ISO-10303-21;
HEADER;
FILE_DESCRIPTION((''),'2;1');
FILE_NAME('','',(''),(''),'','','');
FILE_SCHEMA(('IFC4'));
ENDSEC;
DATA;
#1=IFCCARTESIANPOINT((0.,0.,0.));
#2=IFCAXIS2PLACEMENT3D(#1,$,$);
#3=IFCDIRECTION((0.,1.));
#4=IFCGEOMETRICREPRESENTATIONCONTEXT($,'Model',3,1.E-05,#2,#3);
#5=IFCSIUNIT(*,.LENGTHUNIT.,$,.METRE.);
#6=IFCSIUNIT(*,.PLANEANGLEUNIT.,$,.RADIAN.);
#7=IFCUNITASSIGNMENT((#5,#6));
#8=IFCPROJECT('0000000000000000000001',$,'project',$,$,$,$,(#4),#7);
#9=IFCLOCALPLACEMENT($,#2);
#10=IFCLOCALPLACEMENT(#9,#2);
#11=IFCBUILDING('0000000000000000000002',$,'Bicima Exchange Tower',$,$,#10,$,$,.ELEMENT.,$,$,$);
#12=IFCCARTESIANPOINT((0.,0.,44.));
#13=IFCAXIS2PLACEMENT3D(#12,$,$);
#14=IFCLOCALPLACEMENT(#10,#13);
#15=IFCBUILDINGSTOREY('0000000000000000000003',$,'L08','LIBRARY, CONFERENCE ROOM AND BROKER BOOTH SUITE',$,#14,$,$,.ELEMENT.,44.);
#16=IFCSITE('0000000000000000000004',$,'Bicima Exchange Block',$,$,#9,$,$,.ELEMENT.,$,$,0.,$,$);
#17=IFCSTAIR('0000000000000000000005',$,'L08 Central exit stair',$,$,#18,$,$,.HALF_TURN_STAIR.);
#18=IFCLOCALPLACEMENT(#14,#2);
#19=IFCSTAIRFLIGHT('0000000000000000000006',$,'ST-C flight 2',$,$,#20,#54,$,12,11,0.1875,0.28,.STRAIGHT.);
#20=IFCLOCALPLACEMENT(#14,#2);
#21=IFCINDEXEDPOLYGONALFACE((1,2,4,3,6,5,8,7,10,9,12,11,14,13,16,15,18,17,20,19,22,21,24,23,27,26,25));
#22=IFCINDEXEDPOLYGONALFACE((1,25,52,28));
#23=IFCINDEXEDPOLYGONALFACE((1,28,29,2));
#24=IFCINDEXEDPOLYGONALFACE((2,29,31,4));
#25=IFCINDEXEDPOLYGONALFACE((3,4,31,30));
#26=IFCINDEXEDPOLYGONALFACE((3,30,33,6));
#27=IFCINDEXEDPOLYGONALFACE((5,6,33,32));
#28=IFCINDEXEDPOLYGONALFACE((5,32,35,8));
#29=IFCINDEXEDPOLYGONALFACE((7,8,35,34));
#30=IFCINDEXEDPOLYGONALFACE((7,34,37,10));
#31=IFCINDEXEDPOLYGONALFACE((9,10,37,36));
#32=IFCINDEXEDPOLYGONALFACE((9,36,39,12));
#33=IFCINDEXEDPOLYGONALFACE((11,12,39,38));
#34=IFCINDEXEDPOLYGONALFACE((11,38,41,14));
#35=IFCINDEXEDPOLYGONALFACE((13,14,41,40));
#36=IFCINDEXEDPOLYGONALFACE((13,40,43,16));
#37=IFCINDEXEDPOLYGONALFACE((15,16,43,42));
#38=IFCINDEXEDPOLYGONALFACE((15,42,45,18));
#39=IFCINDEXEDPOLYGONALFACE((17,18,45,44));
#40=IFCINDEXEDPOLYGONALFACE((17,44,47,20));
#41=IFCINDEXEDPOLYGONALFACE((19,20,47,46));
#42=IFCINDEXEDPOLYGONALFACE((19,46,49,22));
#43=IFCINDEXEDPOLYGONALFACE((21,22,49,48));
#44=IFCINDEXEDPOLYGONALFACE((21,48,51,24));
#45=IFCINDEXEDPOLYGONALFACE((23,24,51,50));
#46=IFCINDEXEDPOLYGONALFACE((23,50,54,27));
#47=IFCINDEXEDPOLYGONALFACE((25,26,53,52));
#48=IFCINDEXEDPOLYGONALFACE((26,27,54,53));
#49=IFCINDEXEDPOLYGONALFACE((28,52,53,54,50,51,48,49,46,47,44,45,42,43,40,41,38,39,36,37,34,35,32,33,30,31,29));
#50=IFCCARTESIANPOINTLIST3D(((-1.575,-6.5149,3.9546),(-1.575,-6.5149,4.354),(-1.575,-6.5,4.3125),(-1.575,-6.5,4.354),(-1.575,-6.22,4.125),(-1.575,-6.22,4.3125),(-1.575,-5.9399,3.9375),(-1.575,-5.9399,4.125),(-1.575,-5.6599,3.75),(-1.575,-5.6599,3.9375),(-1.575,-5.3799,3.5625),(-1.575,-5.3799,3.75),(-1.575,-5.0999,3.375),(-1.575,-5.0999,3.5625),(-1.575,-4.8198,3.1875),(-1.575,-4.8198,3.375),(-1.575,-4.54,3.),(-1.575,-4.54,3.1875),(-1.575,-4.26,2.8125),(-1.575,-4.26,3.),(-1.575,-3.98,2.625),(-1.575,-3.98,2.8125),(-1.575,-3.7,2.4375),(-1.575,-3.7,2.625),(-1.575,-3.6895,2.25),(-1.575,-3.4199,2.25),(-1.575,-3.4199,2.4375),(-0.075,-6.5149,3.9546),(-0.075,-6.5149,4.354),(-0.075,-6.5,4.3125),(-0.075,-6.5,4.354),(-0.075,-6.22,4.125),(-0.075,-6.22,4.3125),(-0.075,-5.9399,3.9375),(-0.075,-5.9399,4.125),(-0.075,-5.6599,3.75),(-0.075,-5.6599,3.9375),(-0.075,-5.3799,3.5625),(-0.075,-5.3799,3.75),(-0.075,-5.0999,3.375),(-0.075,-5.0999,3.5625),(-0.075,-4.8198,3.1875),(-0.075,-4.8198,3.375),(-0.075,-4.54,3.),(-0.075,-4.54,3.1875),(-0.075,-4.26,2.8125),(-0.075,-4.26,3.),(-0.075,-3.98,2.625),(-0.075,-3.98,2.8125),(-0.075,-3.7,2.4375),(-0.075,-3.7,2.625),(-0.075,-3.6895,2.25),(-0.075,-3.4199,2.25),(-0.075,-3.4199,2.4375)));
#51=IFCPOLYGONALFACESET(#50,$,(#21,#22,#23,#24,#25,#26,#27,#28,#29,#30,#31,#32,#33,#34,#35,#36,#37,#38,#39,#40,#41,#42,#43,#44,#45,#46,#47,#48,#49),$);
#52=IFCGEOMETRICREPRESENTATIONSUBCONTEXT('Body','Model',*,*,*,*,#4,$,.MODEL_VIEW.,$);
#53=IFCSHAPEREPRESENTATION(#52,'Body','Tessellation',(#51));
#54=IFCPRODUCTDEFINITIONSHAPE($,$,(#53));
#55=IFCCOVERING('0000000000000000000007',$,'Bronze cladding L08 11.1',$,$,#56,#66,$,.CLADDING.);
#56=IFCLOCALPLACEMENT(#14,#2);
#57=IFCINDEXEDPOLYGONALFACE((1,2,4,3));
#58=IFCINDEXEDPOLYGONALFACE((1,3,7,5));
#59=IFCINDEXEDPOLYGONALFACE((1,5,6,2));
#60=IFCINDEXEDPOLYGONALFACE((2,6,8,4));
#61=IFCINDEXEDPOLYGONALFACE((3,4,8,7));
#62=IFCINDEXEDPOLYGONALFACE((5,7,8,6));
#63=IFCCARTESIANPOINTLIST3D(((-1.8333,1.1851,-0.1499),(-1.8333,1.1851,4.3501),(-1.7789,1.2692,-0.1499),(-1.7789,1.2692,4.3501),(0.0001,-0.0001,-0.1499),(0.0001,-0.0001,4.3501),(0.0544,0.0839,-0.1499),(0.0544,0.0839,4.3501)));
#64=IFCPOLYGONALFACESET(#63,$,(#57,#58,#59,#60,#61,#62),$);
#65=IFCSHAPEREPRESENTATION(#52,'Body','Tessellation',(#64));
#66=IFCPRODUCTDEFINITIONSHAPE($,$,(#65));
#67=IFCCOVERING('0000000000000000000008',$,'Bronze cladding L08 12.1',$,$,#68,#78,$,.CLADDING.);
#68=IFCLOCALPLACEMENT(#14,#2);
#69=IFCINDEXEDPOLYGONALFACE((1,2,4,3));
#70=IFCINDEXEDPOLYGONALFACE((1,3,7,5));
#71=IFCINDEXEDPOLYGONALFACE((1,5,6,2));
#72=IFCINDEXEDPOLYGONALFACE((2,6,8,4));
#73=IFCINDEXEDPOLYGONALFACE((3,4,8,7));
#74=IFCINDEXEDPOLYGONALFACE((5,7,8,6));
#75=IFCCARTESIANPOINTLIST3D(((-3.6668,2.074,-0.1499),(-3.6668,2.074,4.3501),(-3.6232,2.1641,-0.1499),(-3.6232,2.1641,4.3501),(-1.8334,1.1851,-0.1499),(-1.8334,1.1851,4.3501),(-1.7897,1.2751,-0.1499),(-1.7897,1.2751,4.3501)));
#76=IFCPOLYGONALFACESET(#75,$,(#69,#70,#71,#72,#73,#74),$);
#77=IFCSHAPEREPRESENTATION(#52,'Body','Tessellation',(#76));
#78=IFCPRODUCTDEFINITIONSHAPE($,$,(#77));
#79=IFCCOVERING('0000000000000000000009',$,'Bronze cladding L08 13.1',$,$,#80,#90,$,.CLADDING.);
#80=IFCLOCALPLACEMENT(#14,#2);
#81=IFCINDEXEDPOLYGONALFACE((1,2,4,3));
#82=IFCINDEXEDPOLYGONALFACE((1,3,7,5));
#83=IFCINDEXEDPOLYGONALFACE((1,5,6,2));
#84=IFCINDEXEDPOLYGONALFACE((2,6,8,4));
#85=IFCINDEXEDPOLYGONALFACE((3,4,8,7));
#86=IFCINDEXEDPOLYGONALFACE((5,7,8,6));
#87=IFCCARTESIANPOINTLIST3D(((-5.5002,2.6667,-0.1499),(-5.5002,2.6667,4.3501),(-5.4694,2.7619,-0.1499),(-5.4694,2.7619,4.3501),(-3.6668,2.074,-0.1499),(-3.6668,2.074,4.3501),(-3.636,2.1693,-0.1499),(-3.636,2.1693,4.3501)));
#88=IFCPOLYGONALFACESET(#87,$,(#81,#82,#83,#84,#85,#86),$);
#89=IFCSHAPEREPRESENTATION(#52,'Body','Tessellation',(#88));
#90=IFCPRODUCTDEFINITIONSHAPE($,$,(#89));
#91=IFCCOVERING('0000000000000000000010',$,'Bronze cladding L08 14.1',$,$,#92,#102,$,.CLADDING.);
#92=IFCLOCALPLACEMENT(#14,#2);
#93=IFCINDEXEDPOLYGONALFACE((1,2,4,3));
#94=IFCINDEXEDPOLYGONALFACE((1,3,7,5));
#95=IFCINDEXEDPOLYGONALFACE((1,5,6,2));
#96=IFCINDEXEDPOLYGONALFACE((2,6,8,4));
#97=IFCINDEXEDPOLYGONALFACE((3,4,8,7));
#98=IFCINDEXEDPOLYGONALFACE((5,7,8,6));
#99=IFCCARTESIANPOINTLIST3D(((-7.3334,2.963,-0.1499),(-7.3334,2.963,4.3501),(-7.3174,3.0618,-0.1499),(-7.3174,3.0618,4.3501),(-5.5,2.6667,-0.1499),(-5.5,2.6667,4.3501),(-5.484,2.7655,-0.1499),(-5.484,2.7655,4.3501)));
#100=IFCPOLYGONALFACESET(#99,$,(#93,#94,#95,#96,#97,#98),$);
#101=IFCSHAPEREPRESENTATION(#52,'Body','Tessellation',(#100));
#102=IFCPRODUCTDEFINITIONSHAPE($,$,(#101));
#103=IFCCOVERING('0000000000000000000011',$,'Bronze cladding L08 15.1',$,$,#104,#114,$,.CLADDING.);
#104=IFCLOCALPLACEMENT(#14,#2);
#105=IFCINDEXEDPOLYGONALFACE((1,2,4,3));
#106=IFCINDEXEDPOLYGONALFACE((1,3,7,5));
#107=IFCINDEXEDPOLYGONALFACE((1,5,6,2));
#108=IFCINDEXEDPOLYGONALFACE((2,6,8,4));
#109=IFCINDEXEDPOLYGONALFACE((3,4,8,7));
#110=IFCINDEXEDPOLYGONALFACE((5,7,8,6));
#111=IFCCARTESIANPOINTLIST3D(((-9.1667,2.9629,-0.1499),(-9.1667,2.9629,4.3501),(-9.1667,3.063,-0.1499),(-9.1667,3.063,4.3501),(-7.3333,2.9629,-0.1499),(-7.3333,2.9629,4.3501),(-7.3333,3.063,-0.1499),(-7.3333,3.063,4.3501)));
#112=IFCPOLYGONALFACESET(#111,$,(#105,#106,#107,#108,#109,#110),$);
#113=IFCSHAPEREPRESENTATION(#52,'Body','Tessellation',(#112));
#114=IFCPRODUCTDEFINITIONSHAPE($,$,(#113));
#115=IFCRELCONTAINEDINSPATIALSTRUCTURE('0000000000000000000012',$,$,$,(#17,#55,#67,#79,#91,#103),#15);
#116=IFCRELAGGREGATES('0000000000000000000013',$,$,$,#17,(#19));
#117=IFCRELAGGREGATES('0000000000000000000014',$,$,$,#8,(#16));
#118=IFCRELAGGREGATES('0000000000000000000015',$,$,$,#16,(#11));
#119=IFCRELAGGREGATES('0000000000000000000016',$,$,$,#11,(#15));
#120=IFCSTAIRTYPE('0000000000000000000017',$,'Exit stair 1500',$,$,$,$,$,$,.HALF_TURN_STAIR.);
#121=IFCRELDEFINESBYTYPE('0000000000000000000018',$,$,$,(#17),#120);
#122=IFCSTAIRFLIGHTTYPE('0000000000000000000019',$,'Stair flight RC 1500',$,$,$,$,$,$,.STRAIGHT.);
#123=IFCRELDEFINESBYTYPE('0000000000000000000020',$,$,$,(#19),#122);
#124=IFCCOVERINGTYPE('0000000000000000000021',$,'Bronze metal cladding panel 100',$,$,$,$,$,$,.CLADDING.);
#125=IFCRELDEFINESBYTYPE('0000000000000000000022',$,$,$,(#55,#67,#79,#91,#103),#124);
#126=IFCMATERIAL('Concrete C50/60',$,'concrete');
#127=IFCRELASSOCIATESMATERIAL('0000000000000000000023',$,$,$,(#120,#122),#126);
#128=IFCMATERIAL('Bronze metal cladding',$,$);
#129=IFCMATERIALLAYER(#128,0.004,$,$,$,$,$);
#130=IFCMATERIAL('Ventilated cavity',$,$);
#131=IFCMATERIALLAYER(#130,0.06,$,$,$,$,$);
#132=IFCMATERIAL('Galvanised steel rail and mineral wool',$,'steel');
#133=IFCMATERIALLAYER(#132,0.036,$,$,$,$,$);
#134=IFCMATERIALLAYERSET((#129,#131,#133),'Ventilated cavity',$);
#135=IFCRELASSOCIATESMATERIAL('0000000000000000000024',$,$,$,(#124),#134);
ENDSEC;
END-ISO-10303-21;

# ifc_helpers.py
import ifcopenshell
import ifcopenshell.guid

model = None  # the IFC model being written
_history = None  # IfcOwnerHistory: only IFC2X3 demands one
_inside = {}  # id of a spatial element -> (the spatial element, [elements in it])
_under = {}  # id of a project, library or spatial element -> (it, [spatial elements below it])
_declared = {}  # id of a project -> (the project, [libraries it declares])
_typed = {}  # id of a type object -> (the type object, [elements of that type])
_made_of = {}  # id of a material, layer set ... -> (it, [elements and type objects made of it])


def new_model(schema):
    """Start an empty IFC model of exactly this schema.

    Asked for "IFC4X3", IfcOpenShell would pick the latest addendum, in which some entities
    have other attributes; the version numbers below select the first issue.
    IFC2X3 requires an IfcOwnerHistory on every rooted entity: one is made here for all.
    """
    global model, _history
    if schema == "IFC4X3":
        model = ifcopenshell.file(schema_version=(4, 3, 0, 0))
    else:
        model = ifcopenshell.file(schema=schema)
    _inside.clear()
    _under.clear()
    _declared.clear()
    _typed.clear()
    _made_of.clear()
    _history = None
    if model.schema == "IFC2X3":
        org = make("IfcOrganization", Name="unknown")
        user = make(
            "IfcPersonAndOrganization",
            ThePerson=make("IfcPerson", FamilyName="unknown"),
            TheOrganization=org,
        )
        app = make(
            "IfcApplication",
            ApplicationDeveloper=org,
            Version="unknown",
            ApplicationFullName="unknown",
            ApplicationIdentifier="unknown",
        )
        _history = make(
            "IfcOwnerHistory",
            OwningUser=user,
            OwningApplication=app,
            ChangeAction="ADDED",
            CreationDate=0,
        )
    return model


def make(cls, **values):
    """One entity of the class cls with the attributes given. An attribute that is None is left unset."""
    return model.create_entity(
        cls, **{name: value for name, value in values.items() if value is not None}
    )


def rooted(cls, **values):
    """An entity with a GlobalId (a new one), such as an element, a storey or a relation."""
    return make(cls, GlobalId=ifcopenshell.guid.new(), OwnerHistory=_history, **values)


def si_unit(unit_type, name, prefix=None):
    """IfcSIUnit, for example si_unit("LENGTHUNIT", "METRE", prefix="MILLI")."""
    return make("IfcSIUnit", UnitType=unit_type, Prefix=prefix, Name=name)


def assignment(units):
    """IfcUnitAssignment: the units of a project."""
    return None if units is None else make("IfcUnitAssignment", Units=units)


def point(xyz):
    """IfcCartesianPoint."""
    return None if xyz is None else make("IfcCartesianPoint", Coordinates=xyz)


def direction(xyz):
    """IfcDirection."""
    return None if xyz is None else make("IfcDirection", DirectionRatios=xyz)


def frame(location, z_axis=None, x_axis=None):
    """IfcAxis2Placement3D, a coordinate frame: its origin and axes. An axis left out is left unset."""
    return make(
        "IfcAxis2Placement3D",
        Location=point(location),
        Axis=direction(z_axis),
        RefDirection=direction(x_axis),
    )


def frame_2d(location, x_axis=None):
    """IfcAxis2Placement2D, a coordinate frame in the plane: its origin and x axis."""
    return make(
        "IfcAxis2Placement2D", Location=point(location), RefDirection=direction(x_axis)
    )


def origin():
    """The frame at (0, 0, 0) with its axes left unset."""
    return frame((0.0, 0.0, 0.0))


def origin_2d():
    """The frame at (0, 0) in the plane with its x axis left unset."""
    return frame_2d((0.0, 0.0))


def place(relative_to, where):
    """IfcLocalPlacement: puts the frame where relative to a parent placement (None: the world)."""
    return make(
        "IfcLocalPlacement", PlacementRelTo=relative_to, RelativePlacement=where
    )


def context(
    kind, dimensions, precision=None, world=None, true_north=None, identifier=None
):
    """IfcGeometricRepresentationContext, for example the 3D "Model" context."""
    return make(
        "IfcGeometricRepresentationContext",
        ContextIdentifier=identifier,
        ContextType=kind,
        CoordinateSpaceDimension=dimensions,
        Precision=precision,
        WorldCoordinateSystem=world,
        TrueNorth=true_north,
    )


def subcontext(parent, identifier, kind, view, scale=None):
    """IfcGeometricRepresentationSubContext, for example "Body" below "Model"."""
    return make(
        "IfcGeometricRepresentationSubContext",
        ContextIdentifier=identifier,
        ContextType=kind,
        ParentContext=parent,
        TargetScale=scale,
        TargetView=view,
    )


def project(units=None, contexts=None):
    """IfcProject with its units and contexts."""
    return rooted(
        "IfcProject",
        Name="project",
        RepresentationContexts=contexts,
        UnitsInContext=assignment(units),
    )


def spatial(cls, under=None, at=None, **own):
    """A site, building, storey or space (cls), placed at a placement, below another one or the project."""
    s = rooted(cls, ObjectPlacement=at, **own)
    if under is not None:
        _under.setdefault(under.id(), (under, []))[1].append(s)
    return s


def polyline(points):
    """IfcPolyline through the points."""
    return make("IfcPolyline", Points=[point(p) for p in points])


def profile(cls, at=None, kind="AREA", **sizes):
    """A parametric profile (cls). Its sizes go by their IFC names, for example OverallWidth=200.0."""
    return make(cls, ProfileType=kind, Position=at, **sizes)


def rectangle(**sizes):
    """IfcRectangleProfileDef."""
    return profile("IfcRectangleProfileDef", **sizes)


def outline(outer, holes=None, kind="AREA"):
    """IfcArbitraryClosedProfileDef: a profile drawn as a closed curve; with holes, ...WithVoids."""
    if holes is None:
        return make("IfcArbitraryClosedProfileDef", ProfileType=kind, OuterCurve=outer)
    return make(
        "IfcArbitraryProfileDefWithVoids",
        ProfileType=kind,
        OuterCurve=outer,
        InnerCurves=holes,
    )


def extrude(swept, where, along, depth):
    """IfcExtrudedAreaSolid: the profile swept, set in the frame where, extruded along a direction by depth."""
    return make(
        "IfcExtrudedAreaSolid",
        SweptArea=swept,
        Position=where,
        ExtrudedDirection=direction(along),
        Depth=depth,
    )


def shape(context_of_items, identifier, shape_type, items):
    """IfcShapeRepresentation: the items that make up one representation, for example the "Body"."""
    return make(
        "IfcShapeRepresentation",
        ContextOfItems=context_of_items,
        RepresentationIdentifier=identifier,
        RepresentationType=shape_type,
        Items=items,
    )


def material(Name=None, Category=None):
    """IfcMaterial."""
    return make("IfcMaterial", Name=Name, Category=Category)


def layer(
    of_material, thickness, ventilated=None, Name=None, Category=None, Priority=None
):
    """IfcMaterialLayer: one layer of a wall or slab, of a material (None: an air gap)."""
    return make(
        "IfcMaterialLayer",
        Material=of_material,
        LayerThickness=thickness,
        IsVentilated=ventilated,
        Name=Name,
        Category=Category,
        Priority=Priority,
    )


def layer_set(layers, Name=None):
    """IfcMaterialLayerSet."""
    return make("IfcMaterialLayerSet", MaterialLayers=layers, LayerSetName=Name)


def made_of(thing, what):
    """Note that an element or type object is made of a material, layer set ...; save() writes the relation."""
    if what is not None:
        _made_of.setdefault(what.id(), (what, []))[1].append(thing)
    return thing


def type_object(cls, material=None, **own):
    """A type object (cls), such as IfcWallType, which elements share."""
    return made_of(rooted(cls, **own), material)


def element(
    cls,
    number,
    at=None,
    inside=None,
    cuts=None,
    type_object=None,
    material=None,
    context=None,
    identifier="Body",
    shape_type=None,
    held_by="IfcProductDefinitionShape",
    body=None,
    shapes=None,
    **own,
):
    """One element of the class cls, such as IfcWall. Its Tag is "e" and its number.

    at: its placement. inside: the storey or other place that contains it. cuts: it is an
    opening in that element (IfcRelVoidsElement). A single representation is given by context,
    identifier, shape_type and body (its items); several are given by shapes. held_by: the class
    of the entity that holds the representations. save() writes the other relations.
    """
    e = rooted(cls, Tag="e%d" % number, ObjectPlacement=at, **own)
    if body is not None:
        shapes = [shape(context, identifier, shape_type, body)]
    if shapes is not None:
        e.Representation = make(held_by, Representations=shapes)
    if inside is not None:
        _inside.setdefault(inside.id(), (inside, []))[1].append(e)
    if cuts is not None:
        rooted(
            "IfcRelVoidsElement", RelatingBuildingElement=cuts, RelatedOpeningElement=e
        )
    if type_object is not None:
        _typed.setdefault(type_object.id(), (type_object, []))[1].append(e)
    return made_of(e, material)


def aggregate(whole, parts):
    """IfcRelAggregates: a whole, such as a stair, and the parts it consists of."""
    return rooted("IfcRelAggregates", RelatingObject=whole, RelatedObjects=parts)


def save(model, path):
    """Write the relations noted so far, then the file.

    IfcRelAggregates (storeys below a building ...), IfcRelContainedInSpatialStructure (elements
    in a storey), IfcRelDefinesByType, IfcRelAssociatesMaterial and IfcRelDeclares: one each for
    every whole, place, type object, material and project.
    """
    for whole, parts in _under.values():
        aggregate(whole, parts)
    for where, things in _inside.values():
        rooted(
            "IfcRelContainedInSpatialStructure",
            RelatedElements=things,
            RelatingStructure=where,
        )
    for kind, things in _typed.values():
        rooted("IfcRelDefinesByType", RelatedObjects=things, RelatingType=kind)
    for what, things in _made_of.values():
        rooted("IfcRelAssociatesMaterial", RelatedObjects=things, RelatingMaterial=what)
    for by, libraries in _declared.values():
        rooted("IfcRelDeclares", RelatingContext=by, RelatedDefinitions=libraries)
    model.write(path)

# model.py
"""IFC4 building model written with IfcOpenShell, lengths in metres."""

from ifc_helpers import new_model, si_unit, direction, frame, origin, origin_2d, place, context, subcontext, project, spatial, polyline, rectangle, outline, extrude, material, layer, layer_set, type_object, element, aggregate, save


model = new_model("IFC4")

# Units and contexts
model_context = context("Model", 3, precision=1e-05, world=origin(), true_north=direction((0.0, 1.0)))
body_context = subcontext(model_context, "Body", "Model", "MODEL_VIEW")
ifc_project = project(units=[si_unit("LENGTHUNIT", "METRE"), si_unit("PLANEANGLEUNIT", "RADIAN")], contexts=[model_context])

# Site, building, storey
site_placement = place(None, origin())
site = spatial("IfcSite", under=ifc_project, at=site_placement, Name="Bicima Exchange Block", CompositionType="ELEMENT", RefElevation=0.0)
building_placement = place(site_placement, origin())
building = spatial("IfcBuilding", under=site, at=building_placement, Name="Bicima Exchange Tower", CompositionType="ELEMENT")
storey_placement = place(building_placement, frame((0.0, 0.0, 44.0)))
storey = spatial("IfcBuildingStorey", under=building, at=storey_placement, Name="L08", Description="LIBRARY, CONFERENCE ROOM AND BROKER BOOTH SUITE", CompositionType="ELEMENT", Elevation=44.0)

# Shared definitions
ifc_material_1 = material(Name="Concrete C50/60", Category="concrete")

# Stair, stair flight
stair_type = type_object("IfcStairType", Name="Exit stair 1500", PredefinedType="HALF_TURN_STAIR", material=ifc_material_1)
stair_placement = place(storey_placement, origin())
stair = element("IfcStair", 1, at=stair_placement, inside=storey, type_object=stair_type, Name="L08 Central exit stair", PredefinedType="HALF_TURN_STAIR")
stair_flight_type = type_object("IfcStairFlightType", Name="Stair flight RC 1500", PredefinedType="STRAIGHT", material=ifc_material_1)
stair_flight_placement = place(storey_placement, frame((-0.825, -3.4199, 2.25), z_axis=(0.0, 0.0, 1.0), x_axis=(0.0, -1.0, 0.0)))
stair_flight = element("IfcStairFlight", 2, at=stair_flight_placement, type_object=stair_flight_type, Name="ST-C flight 2", NumberOfRisers=12, NumberOfTreads=11, PredefinedType="STRAIGHT", RiserHeight=0.1875, TreadLength=0.28, context=body_context, shape_type="SweptSolid", body=[
    extrude(outline(polyline([(0.0, 0.0), (0.0, 0.1875), (0.28, 0.1875), (0.28, 0.375), (0.5601, 0.375), (0.5601, 0.5625), (0.8401, 0.5625), (0.8401, 0.75), (1.1201, 0.75), (1.1201, 0.9375), (1.3999, 0.9375), (1.3999, 1.125), (1.6799, 1.125), (1.6799, 1.3125), (1.96, 1.3125), (1.96, 1.5), (2.24, 1.5), (2.24, 1.6875), (2.52, 1.6875), (2.52, 1.875), (2.8, 1.875), (2.8, 2.0625), (3.0801, 2.0625), (3.0801, 2.104), (3.095, 2.104), (3.095, 1.7046), (0.2695, 0.0), (0.0, 0.0)])), frame((0.0, 0.75, 0.0), z_axis=(0.0, -1.0, 0.0), x_axis=(1.0, 0.0, 0.0)), (0.0, 0.0, 1.0), 1.5),
])
aggregate(stair, [stair_flight])

# Coverings
ifc_material_2 = material(Name="Bronze metal cladding")
ifc_layer_1 = layer(ifc_material_2, 0.004)
ifc_material_3 = material(Name="Ventilated cavity")
ifc_layer_2 = layer(ifc_material_3, 0.06)
ifc_material_4 = material(Name="Galvanised steel rail and mineral wool", Category="steel")
ifc_layer_3 = layer(ifc_material_4, 0.036)
ifc_layer_set_1 = layer_set([ifc_layer_1, ifc_layer_2, ifc_layer_3], Name="Ventilated cavity")
covering_type = type_object("IfcCoveringType", Name="Bronze metal cladding panel 100", PredefinedType="CLADDING", material=ifc_layer_set_1)
covering_1_placement = place(storey_placement, frame((-0.8894, 0.6345, -0.1499), z_axis=(0.0, 0.0, 1.0), x_axis=(-0.83979, 0.542911, 0.0)))
element("IfcCovering", 3, at=covering_1_placement, inside=storey, type_object=covering_type, Name="Bronze cladding L08 11.1", PredefinedType="CLADDING", context=body_context, shape_type="SweptSolid", body=[
    extrude(rectangle(XDim=2.1831, YDim=0.1001, at=origin_2d()), origin(), (0.0, 0.0, 1.0), 4.5),
])
covering_2_placement = place(storey_placement, frame((-2.7283, 1.6746, -0.1499), z_axis=(0.0, 0.0, 1.0), x_axis=(-0.899818, 0.436265, 0.0)))
element("IfcCovering", 4, at=covering_2_placement, inside=storey, type_object=covering_type, Name="Bronze cladding L08 12.1", PredefinedType="CLADDING", context=body_context, shape_type="SweptSolid", body=[
    extrude(rectangle(XDim=2.0376, YDim=0.1001, at=origin_2d()), origin(), (0.0, 0.0, 1.0), 4.5),
])
covering_3_placement = place(storey_placement, frame((-4.5681, 2.418, -0.1499), z_axis=(0.0, 0.0, 1.0), x_axis=(-0.951525, 0.307573, 0.0)))
element("IfcCovering", 5, at=covering_3_placement, inside=storey, type_object=covering_type, Name="Bronze cladding L08 13.1", PredefinedType="CLADDING", context=body_context, shape_type="SweptSolid", body=[
    extrude(rectangle(XDim=1.9268, YDim=0.1001, at=origin_2d()), origin(), (0.0, 0.0, 1.0), 4.5),
])
covering_4_placement = place(storey_placement, frame((-6.4087, 2.8643, -0.1499), z_axis=(0.0, 0.0, 1.0), x_axis=(-0.98719, 0.15955, 0.0)))
element("IfcCovering", 6, at=covering_4_placement, inside=storey, type_object=covering_type, Name="Bronze cladding L08 14.1", PredefinedType="CLADDING", context=body_context, shape_type="SweptSolid", body=[
    extrude(rectangle(XDim=1.8572, YDim=0.1001, at=origin_2d()), origin(), (0.0, 0.0, 1.0), 4.5),
])
covering_5_placement = place(storey_placement, frame((-8.25, 3.0129, -0.1499), z_axis=(0.0, 0.0, 1.0), x_axis=(-1.0, 0.0, 0.0)))
element("IfcCovering", 7, at=covering_5_placement, inside=storey, type_object=covering_type, Name="Bronze cladding L08 15.1", PredefinedType="CLADDING", context=body_context, shape_type="SweptSolid", body=[
    extrude(rectangle(XDim=1.8335, YDim=0.1001, at=origin_2d()), origin(), (0.0, 0.0, 1.0), 4.5),
])

save(model, "model.ifc")
